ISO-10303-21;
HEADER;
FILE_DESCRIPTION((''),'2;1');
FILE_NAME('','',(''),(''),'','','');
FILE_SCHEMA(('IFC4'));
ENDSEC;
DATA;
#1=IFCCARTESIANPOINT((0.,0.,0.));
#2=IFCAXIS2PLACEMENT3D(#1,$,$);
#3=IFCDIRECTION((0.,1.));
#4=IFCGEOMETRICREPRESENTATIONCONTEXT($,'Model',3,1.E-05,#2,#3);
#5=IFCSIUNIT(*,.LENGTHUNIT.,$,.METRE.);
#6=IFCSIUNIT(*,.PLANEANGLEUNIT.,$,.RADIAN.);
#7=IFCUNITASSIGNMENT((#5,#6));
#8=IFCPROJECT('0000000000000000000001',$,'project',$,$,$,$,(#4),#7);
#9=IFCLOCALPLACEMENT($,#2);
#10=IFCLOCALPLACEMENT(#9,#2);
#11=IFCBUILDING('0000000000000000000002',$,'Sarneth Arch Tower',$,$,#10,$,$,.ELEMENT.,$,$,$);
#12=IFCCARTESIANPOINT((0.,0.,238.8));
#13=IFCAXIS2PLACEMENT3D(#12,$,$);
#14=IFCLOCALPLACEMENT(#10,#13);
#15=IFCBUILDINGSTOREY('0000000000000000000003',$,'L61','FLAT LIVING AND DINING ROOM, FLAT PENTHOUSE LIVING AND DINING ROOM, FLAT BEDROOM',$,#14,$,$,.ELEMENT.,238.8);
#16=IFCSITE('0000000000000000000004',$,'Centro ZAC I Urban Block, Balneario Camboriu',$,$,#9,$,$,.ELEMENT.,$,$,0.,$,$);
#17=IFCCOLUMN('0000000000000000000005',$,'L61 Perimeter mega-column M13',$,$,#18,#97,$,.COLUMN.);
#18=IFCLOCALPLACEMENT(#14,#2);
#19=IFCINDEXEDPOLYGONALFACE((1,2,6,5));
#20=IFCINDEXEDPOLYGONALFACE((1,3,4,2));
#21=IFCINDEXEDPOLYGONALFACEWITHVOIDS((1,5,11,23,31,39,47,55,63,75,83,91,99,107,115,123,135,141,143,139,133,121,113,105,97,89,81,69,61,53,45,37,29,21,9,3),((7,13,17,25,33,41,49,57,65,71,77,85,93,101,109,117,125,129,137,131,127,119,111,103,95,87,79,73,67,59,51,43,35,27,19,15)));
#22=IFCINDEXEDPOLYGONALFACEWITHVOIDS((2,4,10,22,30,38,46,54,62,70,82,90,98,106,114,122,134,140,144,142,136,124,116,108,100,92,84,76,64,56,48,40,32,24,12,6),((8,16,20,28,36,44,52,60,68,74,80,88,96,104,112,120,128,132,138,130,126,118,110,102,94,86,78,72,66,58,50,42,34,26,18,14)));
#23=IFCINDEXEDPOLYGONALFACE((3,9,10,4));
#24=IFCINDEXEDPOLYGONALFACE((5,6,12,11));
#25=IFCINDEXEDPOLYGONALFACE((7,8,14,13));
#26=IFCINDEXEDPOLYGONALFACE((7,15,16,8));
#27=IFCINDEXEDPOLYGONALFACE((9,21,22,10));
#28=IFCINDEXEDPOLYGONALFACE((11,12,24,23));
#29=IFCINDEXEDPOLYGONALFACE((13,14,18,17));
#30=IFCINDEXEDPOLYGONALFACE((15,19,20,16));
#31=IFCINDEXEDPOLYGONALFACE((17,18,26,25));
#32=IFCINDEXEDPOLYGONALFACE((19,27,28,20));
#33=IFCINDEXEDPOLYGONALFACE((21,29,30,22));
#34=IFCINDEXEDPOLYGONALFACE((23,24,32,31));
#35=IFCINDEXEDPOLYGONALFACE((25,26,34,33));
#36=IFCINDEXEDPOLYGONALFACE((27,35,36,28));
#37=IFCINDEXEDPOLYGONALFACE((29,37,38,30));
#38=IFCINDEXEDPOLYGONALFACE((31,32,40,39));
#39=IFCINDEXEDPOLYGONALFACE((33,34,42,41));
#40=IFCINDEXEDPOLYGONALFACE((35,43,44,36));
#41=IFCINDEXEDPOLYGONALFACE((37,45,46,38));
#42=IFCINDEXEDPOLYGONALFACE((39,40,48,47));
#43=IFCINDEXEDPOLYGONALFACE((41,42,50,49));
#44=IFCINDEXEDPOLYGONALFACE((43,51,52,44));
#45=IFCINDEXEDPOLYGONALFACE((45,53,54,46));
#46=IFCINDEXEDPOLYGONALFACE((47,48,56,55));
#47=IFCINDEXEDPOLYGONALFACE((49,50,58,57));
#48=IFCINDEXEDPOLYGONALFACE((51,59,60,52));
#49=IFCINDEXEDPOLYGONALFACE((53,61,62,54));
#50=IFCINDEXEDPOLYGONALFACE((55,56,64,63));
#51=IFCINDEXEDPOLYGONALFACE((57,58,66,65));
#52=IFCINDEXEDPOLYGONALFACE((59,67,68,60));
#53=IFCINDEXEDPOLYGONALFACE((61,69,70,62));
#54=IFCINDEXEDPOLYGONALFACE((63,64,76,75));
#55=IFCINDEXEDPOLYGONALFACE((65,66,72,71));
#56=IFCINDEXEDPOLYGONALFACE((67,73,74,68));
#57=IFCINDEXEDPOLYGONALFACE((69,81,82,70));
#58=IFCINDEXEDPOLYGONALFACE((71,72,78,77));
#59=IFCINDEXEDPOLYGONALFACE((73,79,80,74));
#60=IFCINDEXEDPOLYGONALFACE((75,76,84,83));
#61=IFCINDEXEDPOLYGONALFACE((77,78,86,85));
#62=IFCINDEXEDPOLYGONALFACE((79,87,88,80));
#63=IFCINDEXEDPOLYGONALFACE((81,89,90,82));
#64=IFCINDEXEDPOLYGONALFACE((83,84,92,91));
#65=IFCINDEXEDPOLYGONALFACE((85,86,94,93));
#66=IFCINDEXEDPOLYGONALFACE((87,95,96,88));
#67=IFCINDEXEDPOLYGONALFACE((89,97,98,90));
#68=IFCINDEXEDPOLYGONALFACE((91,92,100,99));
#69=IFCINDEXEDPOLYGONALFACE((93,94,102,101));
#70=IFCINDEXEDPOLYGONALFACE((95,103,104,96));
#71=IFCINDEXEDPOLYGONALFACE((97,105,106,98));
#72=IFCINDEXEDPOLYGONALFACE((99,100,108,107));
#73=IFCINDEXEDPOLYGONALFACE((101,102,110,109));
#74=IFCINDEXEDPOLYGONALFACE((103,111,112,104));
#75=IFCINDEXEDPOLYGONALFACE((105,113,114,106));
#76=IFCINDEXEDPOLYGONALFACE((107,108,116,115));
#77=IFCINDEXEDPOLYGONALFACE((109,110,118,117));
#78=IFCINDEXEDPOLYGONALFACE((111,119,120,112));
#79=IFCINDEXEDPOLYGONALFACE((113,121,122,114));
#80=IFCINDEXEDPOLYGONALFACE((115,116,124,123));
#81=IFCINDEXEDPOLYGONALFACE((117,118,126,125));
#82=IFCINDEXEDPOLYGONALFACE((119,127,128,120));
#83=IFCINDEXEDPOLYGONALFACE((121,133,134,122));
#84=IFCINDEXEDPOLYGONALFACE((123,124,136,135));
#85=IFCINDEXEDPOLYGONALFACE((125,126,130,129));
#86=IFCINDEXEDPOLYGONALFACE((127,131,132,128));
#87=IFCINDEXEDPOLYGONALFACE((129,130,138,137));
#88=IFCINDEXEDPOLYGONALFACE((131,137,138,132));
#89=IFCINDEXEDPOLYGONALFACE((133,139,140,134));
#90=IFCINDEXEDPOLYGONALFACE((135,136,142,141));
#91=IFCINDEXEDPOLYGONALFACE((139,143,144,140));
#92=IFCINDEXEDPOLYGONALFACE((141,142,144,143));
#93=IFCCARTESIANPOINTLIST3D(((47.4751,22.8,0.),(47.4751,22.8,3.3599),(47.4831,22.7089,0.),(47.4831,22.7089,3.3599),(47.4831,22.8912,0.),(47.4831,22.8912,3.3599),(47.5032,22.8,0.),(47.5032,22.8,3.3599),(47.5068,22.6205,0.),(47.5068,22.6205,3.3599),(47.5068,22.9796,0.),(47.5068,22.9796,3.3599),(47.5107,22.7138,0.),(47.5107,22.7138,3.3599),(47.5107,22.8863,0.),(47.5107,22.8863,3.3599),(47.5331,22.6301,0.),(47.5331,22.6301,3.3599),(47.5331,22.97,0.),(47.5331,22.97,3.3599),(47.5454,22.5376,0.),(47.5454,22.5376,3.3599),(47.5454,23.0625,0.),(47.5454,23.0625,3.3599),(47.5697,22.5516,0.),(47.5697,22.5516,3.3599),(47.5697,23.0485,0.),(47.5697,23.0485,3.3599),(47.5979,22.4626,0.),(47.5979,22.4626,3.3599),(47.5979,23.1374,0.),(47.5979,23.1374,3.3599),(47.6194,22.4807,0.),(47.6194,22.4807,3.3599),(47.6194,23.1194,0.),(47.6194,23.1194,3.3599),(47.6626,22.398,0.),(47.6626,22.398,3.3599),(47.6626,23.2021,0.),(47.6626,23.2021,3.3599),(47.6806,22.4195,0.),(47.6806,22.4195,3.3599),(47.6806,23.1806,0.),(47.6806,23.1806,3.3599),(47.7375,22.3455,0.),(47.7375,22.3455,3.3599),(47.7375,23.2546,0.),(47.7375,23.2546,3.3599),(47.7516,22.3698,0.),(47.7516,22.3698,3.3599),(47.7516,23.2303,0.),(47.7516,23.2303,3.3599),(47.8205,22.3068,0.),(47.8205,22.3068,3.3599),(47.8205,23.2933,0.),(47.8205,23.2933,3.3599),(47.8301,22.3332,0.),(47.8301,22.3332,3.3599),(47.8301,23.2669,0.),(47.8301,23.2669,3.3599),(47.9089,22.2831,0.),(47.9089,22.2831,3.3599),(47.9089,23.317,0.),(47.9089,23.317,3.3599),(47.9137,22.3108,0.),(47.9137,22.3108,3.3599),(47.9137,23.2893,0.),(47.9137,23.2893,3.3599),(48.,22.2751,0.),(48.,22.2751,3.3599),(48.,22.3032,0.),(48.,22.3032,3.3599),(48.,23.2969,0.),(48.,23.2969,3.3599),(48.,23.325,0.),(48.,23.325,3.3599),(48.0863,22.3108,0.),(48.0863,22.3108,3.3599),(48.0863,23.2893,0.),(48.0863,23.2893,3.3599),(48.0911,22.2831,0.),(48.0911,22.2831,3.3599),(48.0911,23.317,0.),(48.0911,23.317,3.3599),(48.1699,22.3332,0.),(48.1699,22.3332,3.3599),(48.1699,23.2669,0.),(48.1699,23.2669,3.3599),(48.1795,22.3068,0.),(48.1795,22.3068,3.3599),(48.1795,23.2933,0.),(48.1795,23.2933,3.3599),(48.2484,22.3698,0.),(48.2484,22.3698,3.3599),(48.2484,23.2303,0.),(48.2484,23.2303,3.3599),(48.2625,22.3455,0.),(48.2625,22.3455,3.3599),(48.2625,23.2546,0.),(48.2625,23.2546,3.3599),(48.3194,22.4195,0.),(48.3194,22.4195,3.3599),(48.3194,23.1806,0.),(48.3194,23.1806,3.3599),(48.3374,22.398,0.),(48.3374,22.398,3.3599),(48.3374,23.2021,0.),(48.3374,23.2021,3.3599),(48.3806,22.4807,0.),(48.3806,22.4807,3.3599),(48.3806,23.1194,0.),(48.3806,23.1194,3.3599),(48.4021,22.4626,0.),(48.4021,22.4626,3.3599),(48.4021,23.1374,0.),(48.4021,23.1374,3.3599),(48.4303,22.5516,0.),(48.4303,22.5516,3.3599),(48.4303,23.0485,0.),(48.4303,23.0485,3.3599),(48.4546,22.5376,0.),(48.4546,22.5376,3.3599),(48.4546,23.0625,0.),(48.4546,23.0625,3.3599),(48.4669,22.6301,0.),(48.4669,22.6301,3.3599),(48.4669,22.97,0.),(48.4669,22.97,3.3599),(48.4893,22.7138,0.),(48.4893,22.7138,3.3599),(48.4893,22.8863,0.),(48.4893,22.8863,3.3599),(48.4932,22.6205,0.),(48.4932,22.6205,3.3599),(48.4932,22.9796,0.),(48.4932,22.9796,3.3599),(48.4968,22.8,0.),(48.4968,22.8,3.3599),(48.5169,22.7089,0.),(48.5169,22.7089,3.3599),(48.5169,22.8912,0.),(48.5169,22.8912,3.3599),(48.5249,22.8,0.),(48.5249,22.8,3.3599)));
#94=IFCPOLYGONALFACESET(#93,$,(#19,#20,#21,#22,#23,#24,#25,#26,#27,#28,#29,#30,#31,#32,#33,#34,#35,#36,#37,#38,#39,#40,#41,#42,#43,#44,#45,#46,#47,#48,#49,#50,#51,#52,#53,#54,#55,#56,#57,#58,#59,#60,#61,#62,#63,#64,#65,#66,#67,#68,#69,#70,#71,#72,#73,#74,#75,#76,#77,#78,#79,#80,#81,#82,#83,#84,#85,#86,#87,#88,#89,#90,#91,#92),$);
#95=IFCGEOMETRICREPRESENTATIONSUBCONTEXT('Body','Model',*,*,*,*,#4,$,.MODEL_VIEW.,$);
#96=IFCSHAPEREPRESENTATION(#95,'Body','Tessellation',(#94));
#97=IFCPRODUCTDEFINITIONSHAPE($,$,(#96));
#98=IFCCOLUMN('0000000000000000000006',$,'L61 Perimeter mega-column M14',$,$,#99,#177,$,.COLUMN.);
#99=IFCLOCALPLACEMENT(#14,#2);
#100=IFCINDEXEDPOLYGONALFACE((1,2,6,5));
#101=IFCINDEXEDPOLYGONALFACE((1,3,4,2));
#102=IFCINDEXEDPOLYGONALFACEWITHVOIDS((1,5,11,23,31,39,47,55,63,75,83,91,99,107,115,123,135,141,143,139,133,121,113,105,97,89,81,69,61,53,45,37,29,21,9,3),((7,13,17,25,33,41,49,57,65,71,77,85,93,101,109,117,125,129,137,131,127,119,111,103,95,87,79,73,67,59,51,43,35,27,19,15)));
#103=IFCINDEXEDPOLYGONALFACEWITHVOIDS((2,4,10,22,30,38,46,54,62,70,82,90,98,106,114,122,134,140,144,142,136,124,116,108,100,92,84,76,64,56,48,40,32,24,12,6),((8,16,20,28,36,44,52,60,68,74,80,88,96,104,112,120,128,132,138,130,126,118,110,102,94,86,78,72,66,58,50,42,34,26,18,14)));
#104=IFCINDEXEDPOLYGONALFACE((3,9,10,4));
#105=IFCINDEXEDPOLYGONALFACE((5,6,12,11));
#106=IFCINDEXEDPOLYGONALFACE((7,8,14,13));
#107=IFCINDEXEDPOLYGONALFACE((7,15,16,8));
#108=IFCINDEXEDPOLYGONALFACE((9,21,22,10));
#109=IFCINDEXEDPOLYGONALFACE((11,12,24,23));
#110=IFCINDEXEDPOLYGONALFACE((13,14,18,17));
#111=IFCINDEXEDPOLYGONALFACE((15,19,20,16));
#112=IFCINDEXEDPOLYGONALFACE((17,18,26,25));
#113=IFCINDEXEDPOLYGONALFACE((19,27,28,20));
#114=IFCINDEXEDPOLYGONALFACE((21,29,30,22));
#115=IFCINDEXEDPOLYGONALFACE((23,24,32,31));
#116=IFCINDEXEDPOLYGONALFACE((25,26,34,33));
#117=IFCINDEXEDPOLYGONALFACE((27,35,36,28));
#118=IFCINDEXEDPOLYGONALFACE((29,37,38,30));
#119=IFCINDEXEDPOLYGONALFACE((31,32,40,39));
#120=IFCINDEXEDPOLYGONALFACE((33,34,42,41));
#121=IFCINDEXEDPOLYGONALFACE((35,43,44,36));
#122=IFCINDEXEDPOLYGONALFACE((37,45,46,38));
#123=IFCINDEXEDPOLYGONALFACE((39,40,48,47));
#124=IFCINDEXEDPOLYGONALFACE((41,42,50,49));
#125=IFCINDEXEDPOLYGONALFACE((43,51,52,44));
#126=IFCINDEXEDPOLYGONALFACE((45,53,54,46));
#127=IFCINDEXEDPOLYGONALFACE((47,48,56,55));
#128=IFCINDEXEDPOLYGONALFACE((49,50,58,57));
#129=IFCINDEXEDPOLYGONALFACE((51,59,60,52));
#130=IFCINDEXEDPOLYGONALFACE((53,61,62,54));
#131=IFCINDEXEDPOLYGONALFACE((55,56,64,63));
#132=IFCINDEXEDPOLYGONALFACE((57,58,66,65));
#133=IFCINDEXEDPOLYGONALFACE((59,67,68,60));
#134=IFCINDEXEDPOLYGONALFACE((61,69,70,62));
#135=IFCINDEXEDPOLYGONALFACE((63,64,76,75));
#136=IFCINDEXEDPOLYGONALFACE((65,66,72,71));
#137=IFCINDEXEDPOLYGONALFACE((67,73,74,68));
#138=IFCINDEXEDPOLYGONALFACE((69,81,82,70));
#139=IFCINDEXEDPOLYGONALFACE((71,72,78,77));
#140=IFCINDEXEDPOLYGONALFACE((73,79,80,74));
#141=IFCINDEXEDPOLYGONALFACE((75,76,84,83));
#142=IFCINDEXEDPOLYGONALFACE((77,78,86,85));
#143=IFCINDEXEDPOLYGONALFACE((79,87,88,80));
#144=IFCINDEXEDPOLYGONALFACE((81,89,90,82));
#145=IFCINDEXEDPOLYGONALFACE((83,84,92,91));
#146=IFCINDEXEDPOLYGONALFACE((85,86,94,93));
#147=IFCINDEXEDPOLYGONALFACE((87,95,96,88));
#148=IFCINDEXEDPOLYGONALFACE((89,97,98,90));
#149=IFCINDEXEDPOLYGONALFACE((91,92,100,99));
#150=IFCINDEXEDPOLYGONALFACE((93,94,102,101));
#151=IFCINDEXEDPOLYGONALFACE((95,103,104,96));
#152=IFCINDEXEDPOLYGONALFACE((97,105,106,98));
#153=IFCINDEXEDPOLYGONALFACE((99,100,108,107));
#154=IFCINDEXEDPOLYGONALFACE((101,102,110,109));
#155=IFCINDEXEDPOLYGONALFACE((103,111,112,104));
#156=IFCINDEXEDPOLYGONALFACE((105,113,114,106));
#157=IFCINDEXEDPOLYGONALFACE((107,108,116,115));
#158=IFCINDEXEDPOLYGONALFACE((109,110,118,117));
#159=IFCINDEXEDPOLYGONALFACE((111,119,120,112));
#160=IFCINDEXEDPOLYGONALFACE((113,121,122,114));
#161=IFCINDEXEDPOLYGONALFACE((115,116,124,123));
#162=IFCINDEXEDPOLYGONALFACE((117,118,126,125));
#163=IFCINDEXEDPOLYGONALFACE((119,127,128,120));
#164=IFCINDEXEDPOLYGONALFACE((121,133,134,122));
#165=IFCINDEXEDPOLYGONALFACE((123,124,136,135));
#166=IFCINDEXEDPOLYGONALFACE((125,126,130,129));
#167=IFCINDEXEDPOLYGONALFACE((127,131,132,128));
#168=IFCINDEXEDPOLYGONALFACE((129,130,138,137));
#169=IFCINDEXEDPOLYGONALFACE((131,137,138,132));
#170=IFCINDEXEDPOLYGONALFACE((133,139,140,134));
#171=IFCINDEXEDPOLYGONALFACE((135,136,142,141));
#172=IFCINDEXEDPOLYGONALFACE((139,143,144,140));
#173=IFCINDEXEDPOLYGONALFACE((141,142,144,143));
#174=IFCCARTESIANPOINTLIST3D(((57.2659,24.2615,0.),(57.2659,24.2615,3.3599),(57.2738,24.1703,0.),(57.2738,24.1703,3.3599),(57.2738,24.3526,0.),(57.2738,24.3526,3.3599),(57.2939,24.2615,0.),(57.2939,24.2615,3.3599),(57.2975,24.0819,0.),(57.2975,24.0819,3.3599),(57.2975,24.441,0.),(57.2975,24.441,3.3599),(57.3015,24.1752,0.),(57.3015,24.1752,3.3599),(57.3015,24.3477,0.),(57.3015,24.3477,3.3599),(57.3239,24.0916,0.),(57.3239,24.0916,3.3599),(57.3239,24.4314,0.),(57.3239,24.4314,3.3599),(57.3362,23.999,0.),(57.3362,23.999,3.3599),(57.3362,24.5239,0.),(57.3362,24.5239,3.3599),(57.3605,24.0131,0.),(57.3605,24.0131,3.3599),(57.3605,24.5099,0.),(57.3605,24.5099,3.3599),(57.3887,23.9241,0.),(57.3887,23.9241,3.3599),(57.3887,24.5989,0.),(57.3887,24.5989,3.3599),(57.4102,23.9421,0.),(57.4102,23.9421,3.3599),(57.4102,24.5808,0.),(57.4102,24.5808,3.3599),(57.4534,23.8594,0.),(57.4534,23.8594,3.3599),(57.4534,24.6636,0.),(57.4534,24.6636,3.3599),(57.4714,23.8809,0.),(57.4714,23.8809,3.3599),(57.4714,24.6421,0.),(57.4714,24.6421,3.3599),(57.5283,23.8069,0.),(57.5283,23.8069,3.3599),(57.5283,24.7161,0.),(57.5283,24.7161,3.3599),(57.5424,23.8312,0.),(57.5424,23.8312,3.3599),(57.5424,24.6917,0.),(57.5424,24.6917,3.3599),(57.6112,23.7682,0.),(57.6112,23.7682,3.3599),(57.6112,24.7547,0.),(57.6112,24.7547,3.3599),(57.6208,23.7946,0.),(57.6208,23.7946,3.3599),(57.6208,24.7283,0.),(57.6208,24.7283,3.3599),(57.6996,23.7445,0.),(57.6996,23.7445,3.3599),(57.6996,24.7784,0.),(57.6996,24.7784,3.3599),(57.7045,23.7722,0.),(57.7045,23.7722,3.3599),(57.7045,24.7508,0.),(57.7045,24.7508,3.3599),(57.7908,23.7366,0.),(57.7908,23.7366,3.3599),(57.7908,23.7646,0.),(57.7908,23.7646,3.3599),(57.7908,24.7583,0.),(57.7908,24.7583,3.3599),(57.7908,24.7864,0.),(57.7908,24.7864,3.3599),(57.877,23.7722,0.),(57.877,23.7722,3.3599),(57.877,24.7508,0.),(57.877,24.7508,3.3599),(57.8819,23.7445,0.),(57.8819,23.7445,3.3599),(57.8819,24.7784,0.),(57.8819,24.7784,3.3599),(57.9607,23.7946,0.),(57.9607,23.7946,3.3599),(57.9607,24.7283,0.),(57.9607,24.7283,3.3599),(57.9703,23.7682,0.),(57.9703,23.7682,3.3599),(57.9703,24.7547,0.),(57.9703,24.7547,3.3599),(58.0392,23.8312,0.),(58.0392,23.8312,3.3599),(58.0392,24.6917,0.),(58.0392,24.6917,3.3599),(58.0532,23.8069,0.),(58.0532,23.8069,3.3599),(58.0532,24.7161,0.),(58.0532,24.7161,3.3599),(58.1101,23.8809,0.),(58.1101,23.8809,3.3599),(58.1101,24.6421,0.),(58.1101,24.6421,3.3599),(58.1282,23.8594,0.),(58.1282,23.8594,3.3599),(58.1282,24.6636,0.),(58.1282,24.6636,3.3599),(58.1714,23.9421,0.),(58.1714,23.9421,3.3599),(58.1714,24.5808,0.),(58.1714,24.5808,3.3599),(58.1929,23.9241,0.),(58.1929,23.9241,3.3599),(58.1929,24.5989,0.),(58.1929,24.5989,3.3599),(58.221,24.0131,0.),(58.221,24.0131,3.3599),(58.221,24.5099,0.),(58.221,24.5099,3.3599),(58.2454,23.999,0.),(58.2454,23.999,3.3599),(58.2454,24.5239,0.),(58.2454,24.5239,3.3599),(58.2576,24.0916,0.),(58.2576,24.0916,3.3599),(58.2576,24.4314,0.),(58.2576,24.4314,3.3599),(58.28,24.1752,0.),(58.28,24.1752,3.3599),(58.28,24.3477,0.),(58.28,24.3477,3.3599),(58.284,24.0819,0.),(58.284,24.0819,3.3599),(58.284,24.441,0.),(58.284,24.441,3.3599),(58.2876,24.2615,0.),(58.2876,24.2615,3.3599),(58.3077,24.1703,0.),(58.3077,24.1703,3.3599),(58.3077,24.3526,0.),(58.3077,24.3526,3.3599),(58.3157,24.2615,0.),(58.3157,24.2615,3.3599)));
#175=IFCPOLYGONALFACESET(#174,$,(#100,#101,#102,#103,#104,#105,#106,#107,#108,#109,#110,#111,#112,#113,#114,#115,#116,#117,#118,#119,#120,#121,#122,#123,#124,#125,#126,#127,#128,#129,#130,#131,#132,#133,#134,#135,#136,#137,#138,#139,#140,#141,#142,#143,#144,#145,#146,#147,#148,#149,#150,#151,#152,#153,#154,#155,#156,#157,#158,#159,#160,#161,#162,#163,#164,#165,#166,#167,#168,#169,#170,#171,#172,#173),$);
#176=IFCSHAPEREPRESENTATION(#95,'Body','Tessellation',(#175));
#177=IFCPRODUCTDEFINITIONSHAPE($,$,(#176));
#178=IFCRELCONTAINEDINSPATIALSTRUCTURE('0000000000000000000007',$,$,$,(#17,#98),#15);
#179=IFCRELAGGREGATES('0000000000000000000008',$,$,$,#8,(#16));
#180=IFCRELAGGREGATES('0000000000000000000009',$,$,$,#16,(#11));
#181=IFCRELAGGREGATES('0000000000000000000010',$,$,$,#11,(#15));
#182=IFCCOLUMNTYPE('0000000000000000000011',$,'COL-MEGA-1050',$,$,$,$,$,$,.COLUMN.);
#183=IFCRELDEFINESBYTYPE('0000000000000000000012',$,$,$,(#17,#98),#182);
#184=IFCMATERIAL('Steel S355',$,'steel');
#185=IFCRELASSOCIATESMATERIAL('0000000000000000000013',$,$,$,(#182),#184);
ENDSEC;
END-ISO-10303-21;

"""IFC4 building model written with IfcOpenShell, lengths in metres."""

from ifc_helpers import new_model, si_unit, direction, frame, origin, origin_2d, place, context, subcontext, project, spatial, hollow_circle, extrude, material, material_profile, profile_set, type_object, element, save


model = new_model("IFC4")

# Units and contexts
model_context = context("Model", 3, precision=1e-05, world=origin(), true_north=direction((0.0, 1.0)))
body_context = subcontext(model_context, "Body", "Model", "MODEL_VIEW")
ifc_project = project(units=[si_unit("LENGTHUNIT", "METRE"), si_unit("PLANEANGLEUNIT", "RADIAN")], contexts=[model_context])

# Site, building, storey
site_placement = place(None, origin())
site = spatial("IfcSite", under=ifc_project, at=site_placement, Name="Centro ZAC I Urban Block, Balneario Camboriu", CompositionType="ELEMENT", RefElevation=0.0)
building_placement = place(site_placement, origin())
building = spatial("IfcBuilding", under=site, at=building_placement, Name="Sarneth Arch Tower", CompositionType="ELEMENT")
storey_placement = place(building_placement, frame((0.0, 0.0, 238.8)))
storey = spatial("IfcBuildingStorey", under=building, at=storey_placement, Name="L61", Description="FLAT LIVING AND DINING ROOM, FLAT PENTHOUSE LIVING AND DINING ROOM, FLAT BEDROOM", CompositionType="ELEMENT", Elevation=238.8)

# Columns
ifc_material_1 = material(Name="Steel S355", Category="steel")
ifc_material_profile_1 = material_profile(ifc_material_1, hollow_circle(Radius=0.5249, WallThickness=0.0281, at=origin_2d()), Name="CHS1050x28")
ifc_profile_set_1 = profile_set([ifc_material_profile_1], Name="Steel S355")
column_type = type_object("IfcColumnType", Name="COL-MEGA-1050", PredefinedType="COLUMN", material=ifc_profile_set_1)
for number, where, z_axis, x_axis, name in (
    (1, (48.0, 22.8, 0.0), (0.0, 0.0, 1.0), (1.0, 0.0, 0.0), "L61 Perimeter mega-column M13"),
    (2, (57.7908, 24.2615, 0.0), (0.0, 0.0, 1.0), (1.0, 0.0, 0.0), "L61 Perimeter mega-column M14"),
):
    element("IfcColumn", number, at=place(storey_placement, frame(where, z_axis=z_axis, x_axis=x_axis)), inside=storey, type_object=column_type, Name=name, PredefinedType="COLUMN", context=body_context, shape_type="SweptSolid", body=[
        extrude(hollow_circle(Radius=0.5249, WallThickness=0.0281, at=origin_2d()), origin(), (0.0, 0.0, 1.0), 3.3599),
    ])

save(model, "model.ifc")
